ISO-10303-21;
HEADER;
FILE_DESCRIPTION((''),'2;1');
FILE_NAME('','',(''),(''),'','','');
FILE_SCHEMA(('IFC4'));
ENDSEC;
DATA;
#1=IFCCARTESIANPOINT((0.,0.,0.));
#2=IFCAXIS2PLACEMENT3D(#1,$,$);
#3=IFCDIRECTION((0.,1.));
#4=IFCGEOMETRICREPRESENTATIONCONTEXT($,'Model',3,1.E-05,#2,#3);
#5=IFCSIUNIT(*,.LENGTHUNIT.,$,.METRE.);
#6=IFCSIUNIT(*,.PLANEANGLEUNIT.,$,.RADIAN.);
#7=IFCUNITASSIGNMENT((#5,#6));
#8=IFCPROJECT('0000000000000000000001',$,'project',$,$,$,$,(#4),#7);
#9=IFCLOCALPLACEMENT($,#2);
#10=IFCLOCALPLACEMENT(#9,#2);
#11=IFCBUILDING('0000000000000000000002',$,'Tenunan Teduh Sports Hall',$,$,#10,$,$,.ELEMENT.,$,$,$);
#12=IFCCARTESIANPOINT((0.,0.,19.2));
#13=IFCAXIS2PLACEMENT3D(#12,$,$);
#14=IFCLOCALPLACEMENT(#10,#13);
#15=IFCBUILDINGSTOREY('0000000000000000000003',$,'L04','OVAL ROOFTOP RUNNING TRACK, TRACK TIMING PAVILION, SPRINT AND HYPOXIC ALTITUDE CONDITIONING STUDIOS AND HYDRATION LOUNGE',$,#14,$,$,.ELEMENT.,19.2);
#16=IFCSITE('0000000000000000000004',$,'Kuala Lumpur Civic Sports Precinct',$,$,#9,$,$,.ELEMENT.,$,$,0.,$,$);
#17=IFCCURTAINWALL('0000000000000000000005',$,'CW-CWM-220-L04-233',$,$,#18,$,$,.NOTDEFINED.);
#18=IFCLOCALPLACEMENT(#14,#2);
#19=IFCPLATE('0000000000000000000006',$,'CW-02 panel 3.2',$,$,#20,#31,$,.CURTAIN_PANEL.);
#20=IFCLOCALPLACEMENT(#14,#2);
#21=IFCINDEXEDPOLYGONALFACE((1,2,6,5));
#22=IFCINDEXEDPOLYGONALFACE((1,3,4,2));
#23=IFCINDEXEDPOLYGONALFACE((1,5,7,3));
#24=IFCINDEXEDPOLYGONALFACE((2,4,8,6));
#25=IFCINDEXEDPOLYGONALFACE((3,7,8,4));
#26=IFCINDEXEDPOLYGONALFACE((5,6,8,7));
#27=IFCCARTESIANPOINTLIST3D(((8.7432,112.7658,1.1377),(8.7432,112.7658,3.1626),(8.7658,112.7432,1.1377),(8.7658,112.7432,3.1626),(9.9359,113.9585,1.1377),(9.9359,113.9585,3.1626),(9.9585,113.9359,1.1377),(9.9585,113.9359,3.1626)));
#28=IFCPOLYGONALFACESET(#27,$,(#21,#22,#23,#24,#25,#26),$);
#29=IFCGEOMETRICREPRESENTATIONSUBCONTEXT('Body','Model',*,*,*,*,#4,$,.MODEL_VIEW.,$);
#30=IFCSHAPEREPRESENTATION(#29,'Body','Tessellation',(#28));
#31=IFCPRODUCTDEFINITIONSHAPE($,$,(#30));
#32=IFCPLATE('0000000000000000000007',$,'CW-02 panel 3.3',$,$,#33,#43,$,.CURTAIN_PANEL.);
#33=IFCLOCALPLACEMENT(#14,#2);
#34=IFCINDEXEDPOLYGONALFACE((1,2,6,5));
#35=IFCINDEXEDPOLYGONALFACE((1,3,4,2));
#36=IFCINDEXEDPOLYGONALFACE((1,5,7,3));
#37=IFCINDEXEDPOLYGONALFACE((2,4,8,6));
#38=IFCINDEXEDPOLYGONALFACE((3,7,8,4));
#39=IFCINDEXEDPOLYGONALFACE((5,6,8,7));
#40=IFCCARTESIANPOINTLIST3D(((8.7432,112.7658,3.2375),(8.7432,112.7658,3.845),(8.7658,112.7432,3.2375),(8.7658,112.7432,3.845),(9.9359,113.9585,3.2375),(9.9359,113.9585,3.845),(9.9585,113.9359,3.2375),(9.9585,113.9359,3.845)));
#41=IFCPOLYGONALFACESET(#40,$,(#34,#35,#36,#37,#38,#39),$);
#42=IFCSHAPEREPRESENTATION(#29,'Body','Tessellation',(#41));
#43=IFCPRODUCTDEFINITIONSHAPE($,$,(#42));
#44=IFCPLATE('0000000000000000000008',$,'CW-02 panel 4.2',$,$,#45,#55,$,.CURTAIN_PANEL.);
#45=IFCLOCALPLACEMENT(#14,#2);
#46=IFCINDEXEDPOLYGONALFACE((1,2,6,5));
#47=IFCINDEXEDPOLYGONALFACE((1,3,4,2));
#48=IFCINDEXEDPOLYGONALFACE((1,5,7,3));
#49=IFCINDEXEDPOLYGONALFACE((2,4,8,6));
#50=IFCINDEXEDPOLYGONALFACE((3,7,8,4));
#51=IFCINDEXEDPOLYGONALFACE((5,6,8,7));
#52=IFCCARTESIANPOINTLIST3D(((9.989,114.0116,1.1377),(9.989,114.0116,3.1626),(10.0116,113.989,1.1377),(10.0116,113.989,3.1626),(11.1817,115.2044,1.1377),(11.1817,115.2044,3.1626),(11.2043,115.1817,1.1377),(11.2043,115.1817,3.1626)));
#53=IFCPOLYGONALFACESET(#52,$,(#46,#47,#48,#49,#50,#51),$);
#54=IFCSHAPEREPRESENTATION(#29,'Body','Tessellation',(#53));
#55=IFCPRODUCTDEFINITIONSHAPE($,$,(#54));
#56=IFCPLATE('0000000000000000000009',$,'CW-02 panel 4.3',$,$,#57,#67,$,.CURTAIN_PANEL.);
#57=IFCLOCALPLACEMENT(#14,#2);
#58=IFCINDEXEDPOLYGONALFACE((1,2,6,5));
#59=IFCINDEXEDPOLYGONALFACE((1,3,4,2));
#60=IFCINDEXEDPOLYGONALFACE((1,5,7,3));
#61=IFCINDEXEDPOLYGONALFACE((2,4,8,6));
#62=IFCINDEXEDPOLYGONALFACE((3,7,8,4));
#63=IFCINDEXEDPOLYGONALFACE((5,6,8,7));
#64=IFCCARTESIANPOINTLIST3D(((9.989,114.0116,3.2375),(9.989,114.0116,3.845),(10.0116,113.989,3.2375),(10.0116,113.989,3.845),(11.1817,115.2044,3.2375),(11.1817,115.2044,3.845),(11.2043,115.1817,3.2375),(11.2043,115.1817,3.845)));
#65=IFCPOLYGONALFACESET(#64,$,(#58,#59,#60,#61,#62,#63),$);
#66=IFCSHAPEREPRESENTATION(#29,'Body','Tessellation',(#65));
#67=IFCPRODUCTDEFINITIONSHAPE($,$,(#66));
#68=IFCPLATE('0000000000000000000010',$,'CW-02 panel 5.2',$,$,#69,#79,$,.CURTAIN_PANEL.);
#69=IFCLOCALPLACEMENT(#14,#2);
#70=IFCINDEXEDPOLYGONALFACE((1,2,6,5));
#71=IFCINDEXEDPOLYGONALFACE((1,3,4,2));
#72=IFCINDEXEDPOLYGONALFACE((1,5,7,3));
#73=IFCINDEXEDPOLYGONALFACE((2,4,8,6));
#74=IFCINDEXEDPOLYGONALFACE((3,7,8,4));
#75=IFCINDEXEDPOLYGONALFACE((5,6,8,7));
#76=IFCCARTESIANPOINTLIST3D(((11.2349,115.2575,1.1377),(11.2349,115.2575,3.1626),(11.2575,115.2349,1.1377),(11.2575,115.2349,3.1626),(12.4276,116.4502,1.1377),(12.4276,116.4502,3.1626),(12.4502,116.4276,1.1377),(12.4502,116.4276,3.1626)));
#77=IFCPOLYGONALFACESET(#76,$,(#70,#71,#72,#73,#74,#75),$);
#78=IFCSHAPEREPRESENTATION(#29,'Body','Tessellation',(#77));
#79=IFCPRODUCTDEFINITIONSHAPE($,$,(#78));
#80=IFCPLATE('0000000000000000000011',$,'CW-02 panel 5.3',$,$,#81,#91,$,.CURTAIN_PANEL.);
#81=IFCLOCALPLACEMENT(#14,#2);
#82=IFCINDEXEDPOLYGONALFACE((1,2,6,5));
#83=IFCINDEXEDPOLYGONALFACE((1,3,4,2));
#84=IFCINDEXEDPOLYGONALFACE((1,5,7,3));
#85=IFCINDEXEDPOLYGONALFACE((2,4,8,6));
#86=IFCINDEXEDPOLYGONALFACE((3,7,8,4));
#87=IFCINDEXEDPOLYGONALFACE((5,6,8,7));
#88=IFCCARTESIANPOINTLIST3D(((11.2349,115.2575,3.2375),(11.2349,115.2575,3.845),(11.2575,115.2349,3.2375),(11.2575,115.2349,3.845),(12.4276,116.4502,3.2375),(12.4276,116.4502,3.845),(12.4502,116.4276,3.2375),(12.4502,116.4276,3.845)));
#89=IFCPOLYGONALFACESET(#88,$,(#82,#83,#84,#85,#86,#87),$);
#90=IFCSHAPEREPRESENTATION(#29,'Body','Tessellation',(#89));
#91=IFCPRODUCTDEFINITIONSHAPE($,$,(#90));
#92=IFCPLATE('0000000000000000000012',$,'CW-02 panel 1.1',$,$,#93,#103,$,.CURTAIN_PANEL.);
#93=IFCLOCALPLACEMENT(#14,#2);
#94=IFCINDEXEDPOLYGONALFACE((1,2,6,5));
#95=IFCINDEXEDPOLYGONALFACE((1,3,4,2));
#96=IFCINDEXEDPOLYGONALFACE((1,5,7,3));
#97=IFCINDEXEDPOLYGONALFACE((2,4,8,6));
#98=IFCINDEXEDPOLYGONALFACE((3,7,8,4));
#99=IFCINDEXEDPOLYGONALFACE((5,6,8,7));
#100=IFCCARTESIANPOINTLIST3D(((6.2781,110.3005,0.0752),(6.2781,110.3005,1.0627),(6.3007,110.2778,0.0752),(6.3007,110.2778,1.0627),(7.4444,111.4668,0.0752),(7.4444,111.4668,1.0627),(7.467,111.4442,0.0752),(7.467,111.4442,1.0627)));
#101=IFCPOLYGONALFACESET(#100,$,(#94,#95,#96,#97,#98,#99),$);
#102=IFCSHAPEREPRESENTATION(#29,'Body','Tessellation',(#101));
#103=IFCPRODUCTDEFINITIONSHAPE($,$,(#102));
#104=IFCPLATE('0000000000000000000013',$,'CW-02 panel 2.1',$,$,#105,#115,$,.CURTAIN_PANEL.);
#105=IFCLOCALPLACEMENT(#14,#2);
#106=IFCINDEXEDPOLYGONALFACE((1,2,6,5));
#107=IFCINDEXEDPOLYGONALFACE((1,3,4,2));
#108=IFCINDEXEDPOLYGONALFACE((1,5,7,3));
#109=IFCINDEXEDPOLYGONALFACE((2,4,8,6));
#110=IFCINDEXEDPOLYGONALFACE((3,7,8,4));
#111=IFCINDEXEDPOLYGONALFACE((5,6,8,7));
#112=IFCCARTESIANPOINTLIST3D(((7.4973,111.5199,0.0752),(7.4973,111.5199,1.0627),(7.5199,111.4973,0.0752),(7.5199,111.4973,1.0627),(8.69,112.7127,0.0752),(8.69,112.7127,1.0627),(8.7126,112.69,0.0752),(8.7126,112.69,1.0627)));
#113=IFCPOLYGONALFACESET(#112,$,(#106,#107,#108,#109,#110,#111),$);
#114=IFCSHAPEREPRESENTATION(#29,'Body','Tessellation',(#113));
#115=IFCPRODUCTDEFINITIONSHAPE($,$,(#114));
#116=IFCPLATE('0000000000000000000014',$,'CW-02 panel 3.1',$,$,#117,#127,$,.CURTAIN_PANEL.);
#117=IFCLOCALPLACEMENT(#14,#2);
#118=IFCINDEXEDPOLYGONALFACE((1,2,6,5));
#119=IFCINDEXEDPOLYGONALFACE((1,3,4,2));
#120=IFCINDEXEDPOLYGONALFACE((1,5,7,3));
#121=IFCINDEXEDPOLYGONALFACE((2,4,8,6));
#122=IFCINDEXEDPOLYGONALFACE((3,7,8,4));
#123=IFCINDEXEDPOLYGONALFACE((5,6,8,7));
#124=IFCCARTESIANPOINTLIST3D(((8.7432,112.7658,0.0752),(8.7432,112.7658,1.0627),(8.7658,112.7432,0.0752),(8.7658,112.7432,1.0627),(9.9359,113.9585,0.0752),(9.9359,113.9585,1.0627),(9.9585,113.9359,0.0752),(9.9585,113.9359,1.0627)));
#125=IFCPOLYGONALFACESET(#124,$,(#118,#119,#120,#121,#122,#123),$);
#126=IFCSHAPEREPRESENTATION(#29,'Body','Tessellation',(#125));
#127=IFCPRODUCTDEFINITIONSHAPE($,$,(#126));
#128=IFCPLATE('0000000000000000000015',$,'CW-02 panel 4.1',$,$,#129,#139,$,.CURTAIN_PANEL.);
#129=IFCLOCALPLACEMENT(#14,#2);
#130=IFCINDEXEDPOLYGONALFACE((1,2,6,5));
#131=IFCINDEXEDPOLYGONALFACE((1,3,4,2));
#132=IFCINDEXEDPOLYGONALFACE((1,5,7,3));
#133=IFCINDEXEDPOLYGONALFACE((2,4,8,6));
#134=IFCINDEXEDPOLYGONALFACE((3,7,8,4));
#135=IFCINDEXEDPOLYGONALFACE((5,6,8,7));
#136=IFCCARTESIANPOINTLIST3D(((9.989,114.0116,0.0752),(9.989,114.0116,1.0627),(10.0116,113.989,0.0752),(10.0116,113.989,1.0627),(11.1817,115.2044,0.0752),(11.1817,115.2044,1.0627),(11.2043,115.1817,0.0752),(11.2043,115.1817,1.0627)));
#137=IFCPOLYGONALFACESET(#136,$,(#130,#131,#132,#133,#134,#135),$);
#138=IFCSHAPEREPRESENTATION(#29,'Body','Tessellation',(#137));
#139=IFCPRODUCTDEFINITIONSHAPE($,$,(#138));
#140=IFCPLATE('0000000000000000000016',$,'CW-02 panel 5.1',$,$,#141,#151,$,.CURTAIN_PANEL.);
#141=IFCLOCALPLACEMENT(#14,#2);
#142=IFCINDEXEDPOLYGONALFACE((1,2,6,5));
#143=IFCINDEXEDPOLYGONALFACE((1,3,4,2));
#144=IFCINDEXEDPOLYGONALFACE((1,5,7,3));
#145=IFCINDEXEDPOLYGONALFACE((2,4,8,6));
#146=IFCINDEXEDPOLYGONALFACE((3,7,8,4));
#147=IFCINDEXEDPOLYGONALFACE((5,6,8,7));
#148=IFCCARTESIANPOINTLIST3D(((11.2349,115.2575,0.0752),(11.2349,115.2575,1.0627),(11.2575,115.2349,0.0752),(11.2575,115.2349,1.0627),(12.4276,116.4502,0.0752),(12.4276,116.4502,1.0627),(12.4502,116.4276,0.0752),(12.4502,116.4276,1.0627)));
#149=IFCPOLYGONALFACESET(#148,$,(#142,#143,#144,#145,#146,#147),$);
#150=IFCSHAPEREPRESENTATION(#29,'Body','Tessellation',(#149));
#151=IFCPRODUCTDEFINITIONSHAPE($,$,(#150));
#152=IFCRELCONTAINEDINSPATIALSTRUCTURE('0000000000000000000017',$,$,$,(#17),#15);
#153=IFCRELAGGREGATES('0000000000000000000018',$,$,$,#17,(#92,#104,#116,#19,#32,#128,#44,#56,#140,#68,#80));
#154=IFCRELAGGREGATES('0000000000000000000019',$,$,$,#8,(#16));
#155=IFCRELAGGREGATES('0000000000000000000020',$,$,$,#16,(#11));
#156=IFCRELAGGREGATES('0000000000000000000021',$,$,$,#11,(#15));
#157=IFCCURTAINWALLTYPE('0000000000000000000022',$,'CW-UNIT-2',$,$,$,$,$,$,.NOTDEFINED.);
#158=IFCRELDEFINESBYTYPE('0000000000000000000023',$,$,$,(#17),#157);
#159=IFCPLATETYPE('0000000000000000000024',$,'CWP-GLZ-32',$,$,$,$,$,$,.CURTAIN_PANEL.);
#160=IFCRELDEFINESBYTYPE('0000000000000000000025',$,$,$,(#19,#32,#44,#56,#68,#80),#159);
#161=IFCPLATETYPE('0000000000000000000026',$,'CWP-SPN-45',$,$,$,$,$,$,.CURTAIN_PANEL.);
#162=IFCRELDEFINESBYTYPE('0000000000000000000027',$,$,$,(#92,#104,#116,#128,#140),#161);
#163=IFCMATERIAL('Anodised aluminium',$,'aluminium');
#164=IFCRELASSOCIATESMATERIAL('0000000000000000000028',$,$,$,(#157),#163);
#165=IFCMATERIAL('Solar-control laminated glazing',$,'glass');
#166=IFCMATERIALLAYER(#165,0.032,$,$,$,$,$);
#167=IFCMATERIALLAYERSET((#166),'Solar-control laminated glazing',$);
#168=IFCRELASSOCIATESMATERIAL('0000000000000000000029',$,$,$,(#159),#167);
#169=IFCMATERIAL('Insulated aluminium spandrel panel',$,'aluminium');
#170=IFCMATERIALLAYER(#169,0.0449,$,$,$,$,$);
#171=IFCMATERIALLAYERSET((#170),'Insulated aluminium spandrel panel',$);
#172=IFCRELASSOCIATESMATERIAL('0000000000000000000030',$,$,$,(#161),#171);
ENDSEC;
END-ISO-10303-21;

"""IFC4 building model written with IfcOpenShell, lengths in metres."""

from ifc_helpers import new_model, si_unit, direction, frame, origin, origin_2d, place, context, subcontext, project, spatial, rectangle, extrude, material, layer, layer_set, type_object, element, aggregate, save


model = new_model("IFC4")

# Units and contexts
model_context = context("Model", 3, precision=1e-05, world=origin(), true_north=direction((0.0, 1.0)))
body_context = subcontext(model_context, "Body", "Model", "MODEL_VIEW")
ifc_project = project(units=[si_unit("LENGTHUNIT", "METRE"), si_unit("PLANEANGLEUNIT", "RADIAN")], contexts=[model_context])

# Site, building, storey
site_placement = place(None, origin())
site = spatial("IfcSite", under=ifc_project, at=site_placement, Name="Kuala Lumpur Civic Sports Precinct", CompositionType="ELEMENT", RefElevation=0.0)
building_placement = place(site_placement, origin())
building = spatial("IfcBuilding", under=site, at=building_placement, Name="Tenunan Teduh Sports Hall", CompositionType="ELEMENT")
storey_placement = place(building_placement, frame((0.0, 0.0, 19.2)))
storey = spatial("IfcBuildingStorey", under=building, at=storey_placement, Name="L04", Description="OVAL ROOFTOP RUNNING TRACK, TRACK TIMING PAVILION, SPRINT AND HYPOXIC ALTITUDE CONDITIONING STUDIOS AND HYDRATION LOUNGE", CompositionType="ELEMENT", Elevation=19.2)

# Curtain wall, plates
ifc_material_1 = material(Name="Anodised aluminium", Category="aluminium")
curtain_wall_type = type_object("IfcCurtainWallType", Name="CW-UNIT-2", PredefinedType="NOTDEFINED", material=ifc_material_1)
curtain_wall_placement = place(storey_placement, origin())
curtain_wall = element("IfcCurtainWall", 1, at=curtain_wall_placement, inside=storey, type_object=curtain_wall_type, Name="CW-CWM-220-L04-233", PredefinedType="NOTDEFINED")
ifc_material_2 = material(Name="Solar-control laminated glazing", Category="glass")
ifc_layer_1 = layer(ifc_material_2, 0.032)
ifc_layer_set_1 = layer_set([ifc_layer_1], Name="Solar-control laminated glazing")
plate_type_1 = type_object("IfcPlateType", Name="CWP-GLZ-32", PredefinedType="CURTAIN_PANEL", material=ifc_layer_set_1)
plate_1_placement = place(storey_placement, frame((9.3508, 113.3508, 1.1377), z_axis=(0.0, 0.0, 1.0), x_axis=(0.707097, 0.707116, 0.0)))
plate_1 = element("IfcPlate", 2, at=plate_1_placement, type_object=plate_type_1, Name="CW-02 panel 3.2", PredefinedType="CURTAIN_PANEL", context=body_context, shape_type="SweptSolid", body=[
    extrude(rectangle(XDim=1.6868, YDim=0.032, at=origin_2d()), origin(), (0.0, 0.0, 1.0), 2.0249),
])
plate_2_placement = place(storey_placement, frame((9.3508, 113.3508, 3.2375), z_axis=(0.0, 0.0, 1.0), x_axis=(0.707097, 0.707116, 0.0)))
plate_2 = element("IfcPlate", 3, at=plate_2_placement, type_object=plate_type_1, Name="CW-02 panel 3.3", PredefinedType="CURTAIN_PANEL", context=body_context, shape_type="SweptSolid", body=[
    extrude(rectangle(XDim=1.6868, YDim=0.032, at=origin_2d()), origin(), (0.0, 0.0, 1.0), 0.6074),
])
plate_3_placement = place(storey_placement, frame((10.5967, 114.5967, 1.1377), z_axis=(0.0, 0.0, 1.0), x_axis=(0.707097, 0.707116, 0.0)))
plate_3 = element("IfcPlate", 4, at=plate_3_placement, type_object=plate_type_1, Name="CW-02 panel 4.2", PredefinedType="CURTAIN_PANEL", context=body_context, shape_type="SweptSolid", body=[
    extrude(rectangle(XDim=1.6868, YDim=0.032, at=origin_2d()), origin(), (0.0, 0.0, 1.0), 2.0249),
])
plate_4_placement = place(storey_placement, frame((10.5967, 114.5967, 3.2375), z_axis=(0.0, 0.0, 1.0), x_axis=(0.707097, 0.707116, 0.0)))
plate_4 = element("IfcPlate", 5, at=plate_4_placement, type_object=plate_type_1, Name="CW-02 panel 4.3", PredefinedType="CURTAIN_PANEL", context=body_context, shape_type="SweptSolid", body=[
    extrude(rectangle(XDim=1.6868, YDim=0.032, at=origin_2d()), origin(), (0.0, 0.0, 1.0), 0.6074),
])
plate_5_placement = place(storey_placement, frame((11.8425, 115.8425, 1.1377), z_axis=(0.0, 0.0, 1.0), x_axis=(0.707097, 0.707116, 0.0)))
plate_5 = element("IfcPlate", 6, at=plate_5_placement, type_object=plate_type_1, Name="CW-02 panel 5.2", PredefinedType="CURTAIN_PANEL", context=body_context, shape_type="SweptSolid", body=[
    extrude(rectangle(XDim=1.6868, YDim=0.032, at=origin_2d()), origin(), (0.0, 0.0, 1.0), 2.0249),
])
plate_6_placement = place(storey_placement, frame((11.8425, 115.8425, 3.2375), z_axis=(0.0, 0.0, 1.0), x_axis=(0.707097, 0.707116, 0.0)))
plate_6 = element("IfcPlate", 7, at=plate_6_placement, type_object=plate_type_1, Name="CW-02 panel 5.3", PredefinedType="CURTAIN_PANEL", context=body_context, shape_type="SweptSolid", body=[
    extrude(rectangle(XDim=1.6868, YDim=0.032, at=origin_2d()), origin(), (0.0, 0.0, 1.0), 0.6074),
])
ifc_material_3 = material(Name="Insulated aluminium spandrel panel", Category="aluminium")
ifc_layer_2 = layer(ifc_material_3, 0.0449)
ifc_layer_set_2 = layer_set([ifc_layer_2], Name="Insulated aluminium spandrel panel")
plate_type_2 = type_object("IfcPlateType", Name="CWP-SPN-45", PredefinedType="CURTAIN_PANEL", material=ifc_layer_set_2)
plate_7_placement = place(storey_placement, frame((6.8726, 110.8723, 0.0752), z_axis=(0.0, 0.0, 1.0), x_axis=(0.707097, 0.707116, 0.0)))
plate_7 = element("IfcPlate", 8, at=plate_7_placement, type_object=plate_type_2, Name="CW-02 panel 1.1", PredefinedType="CURTAIN_PANEL", context=body_context, shape_type="SweptSolid", body=[
    extrude(rectangle(XDim=1.6494, YDim=0.032, at=origin_2d()), origin(), (0.0, 0.0, 1.0), 0.9875),
])
plate_8_placement = place(storey_placement, frame((8.105, 112.105, 0.0752), z_axis=(0.0, 0.0, 1.0), x_axis=(0.707097, 0.707116, 0.0)))
plate_8 = element("IfcPlate", 9, at=plate_8_placement, type_object=plate_type_2, Name="CW-02 panel 2.1", PredefinedType="CURTAIN_PANEL", context=body_context, shape_type="SweptSolid", body=[
    extrude(rectangle(XDim=1.6868, YDim=0.032, at=origin_2d()), origin(), (0.0, 0.0, 1.0), 0.9875),
])
plate_9_placement = place(storey_placement, frame((9.3508, 113.3508, 0.0752), z_axis=(0.0, 0.0, 1.0), x_axis=(0.707097, 0.707116, 0.0)))
plate_9 = element("IfcPlate", 10, at=plate_9_placement, type_object=plate_type_2, Name="CW-02 panel 3.1", PredefinedType="CURTAIN_PANEL", context=body_context, shape_type="SweptSolid", body=[
    extrude(rectangle(XDim=1.6868, YDim=0.032, at=origin_2d()), origin(), (0.0, 0.0, 1.0), 0.9875),
])
plate_10_placement = place(storey_placement, frame((10.5967, 114.5967, 0.0752), z_axis=(0.0, 0.0, 1.0), x_axis=(0.707097, 0.707116, 0.0)))
plate_10 = element("IfcPlate", 11, at=plate_10_placement, type_object=plate_type_2, Name="CW-02 panel 4.1", PredefinedType="CURTAIN_PANEL", context=body_context, shape_type="SweptSolid", body=[
    extrude(rectangle(XDim=1.6868, YDim=0.032, at=origin_2d()), origin(), (0.0, 0.0, 1.0), 0.9875),
])
plate_11_placement = place(storey_placement, frame((11.8425, 115.8425, 0.0752), z_axis=(0.0, 0.0, 1.0), x_axis=(0.707097, 0.707116, 0.0)))
plate_11 = element("IfcPlate", 12, at=plate_11_placement, type_object=plate_type_2, Name="CW-02 panel 5.1", PredefinedType="CURTAIN_PANEL", context=body_context, shape_type="SweptSolid", body=[
    extrude(rectangle(XDim=1.6868, YDim=0.032, at=origin_2d()), origin(), (0.0, 0.0, 1.0), 0.9875),
])
aggregate(curtain_wall, [plate_7, plate_8, plate_9, plate_1, plate_2, plate_10, plate_3, plate_4, plate_11, plate_5, plate_6])

save(model, "model.ifc")
